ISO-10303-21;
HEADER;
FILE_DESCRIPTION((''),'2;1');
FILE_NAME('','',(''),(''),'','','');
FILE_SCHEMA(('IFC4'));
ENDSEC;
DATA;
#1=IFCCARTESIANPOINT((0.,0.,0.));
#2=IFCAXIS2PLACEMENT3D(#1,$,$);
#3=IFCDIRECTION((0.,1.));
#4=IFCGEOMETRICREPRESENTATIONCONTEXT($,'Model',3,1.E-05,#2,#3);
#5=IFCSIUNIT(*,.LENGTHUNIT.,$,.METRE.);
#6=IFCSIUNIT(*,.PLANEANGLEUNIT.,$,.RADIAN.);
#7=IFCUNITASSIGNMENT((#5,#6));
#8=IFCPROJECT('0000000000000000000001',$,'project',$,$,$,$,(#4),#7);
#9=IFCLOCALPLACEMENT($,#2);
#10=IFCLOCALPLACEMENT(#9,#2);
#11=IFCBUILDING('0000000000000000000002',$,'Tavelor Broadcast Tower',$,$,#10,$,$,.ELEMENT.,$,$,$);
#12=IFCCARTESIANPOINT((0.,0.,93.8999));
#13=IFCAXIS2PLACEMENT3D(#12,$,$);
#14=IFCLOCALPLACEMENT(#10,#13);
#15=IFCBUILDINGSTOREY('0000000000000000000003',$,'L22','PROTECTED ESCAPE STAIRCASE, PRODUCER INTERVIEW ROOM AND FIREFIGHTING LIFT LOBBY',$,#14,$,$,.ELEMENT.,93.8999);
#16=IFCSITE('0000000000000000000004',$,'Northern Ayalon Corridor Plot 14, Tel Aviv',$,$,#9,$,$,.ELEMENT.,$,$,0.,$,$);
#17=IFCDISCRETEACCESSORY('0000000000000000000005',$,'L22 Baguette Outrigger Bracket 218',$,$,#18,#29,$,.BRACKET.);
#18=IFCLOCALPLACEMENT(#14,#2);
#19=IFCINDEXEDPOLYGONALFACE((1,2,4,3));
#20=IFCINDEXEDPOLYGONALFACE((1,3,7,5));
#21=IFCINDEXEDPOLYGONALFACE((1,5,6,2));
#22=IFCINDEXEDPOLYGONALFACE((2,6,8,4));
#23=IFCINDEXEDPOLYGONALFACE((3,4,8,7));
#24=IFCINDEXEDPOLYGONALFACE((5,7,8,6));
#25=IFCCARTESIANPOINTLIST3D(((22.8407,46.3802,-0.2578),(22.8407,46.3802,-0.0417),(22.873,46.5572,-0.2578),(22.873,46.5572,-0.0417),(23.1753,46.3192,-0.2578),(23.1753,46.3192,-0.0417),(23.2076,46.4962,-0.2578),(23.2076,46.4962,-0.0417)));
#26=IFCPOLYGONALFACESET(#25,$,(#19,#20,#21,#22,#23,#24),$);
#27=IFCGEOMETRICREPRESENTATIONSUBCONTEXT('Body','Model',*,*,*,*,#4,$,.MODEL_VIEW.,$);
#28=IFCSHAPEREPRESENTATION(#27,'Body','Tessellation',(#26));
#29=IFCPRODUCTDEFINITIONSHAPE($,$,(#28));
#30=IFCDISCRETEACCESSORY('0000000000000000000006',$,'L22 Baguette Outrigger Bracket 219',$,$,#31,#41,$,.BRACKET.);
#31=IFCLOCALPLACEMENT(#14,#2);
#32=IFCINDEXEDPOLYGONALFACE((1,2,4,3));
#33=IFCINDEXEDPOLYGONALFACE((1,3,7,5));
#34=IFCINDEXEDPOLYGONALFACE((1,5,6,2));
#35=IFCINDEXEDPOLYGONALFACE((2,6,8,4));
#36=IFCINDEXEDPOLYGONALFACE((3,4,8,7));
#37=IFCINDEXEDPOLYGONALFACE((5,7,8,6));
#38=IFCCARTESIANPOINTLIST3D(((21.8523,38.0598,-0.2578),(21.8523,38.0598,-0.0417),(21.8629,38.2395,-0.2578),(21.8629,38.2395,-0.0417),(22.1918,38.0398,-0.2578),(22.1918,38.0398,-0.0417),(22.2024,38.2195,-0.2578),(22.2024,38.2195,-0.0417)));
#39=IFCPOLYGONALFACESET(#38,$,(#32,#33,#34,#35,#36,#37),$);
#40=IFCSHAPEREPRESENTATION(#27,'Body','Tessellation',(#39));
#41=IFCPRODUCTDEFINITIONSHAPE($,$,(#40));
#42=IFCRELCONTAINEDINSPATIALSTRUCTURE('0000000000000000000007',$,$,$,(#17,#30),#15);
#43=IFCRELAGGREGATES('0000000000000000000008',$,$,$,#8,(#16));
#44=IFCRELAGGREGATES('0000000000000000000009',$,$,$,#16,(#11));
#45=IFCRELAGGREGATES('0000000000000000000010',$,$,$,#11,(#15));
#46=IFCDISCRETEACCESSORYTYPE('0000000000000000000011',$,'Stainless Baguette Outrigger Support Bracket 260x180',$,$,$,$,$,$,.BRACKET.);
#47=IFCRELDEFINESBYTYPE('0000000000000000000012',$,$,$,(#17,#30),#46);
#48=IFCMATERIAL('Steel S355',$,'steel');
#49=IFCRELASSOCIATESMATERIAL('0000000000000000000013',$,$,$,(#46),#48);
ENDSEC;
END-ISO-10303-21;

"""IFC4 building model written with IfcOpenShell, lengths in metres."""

from ifc_helpers import new_model, si_unit, direction, frame, origin, origin_2d, place, context, subcontext, project, spatial, rectangle, extrude, source, transform, mapped, material, type_object, type_shapes, element, save


model = new_model("IFC4")

# Units and contexts
model_context = context("Model", 3, precision=1e-05, world=origin(), true_north=direction((0.0, 1.0)))
body_context = subcontext(model_context, "Body", "Model", "MODEL_VIEW")
ifc_project = project(units=[si_unit("LENGTHUNIT", "METRE"), si_unit("PLANEANGLEUNIT", "RADIAN")], contexts=[model_context])

# Site, building, storey
site_placement = place(None, origin())
site = spatial("IfcSite", under=ifc_project, at=site_placement, Name="Northern Ayalon Corridor Plot 14, Tel Aviv", CompositionType="ELEMENT", RefElevation=0.0)
building_placement = place(site_placement, origin())
building = spatial("IfcBuilding", under=site, at=building_placement, Name="Tavelor Broadcast Tower", CompositionType="ELEMENT")
storey_placement = place(building_placement, frame((0.0, 0.0, 93.8999)))
storey = spatial("IfcBuildingStorey", under=building, at=storey_placement, Name="L22", Description="PROTECTED ESCAPE STAIRCASE, PRODUCER INTERVIEW ROOM AND FIREFIGHTING LIFT LOBBY", CompositionType="ELEMENT", Elevation=93.8999)

# Shared definitions
ifc_material_1 = material(Name="Steel S355", Category="steel")

# Discrete accessories
discrete_accessory_type = type_object("IfcDiscreteAccessoryType", Name="Stainless Baguette Outrigger Support Bracket 260x180", PredefinedType="BRACKET", material=ifc_material_1)
shared_shape_1 = source(origin(), body_context, "Body", "SweptSolid", [
    extrude(rectangle(XDim=0.1799, YDim=0.3401, at=origin_2d()), origin(), (0.0, 0.0, 1.0), 0.2161),
])
type_shapes(discrete_accessory_type, [shared_shape_1])
for number, where, z_axis, x_axis, name in (
    (1, (23.0242, 46.4382, -0.2578), (0.0, 0.0, 1.0), (-0.179317, -0.983791, 0.0), "L22 Baguette Outrigger Bracket 218"),
    (2, (22.0273, 38.1396, -0.2578), (0.0, 0.0, 1.0), (-0.058784, -0.998271, 0.0), "L22 Baguette Outrigger Bracket 219"),
):
    element("IfcDiscreteAccessory", number, at=place(storey_placement, frame(where, z_axis=z_axis, x_axis=x_axis)), inside=storey, type_object=discrete_accessory_type, Name=name, PredefinedType="BRACKET", context=body_context, shape_type="MappedRepresentation", body=[
        mapped(shared_shape_1, transform((0.0, 0.0, 0.0), scale=1.0)),
    ])

save(model, "model.ifc")
